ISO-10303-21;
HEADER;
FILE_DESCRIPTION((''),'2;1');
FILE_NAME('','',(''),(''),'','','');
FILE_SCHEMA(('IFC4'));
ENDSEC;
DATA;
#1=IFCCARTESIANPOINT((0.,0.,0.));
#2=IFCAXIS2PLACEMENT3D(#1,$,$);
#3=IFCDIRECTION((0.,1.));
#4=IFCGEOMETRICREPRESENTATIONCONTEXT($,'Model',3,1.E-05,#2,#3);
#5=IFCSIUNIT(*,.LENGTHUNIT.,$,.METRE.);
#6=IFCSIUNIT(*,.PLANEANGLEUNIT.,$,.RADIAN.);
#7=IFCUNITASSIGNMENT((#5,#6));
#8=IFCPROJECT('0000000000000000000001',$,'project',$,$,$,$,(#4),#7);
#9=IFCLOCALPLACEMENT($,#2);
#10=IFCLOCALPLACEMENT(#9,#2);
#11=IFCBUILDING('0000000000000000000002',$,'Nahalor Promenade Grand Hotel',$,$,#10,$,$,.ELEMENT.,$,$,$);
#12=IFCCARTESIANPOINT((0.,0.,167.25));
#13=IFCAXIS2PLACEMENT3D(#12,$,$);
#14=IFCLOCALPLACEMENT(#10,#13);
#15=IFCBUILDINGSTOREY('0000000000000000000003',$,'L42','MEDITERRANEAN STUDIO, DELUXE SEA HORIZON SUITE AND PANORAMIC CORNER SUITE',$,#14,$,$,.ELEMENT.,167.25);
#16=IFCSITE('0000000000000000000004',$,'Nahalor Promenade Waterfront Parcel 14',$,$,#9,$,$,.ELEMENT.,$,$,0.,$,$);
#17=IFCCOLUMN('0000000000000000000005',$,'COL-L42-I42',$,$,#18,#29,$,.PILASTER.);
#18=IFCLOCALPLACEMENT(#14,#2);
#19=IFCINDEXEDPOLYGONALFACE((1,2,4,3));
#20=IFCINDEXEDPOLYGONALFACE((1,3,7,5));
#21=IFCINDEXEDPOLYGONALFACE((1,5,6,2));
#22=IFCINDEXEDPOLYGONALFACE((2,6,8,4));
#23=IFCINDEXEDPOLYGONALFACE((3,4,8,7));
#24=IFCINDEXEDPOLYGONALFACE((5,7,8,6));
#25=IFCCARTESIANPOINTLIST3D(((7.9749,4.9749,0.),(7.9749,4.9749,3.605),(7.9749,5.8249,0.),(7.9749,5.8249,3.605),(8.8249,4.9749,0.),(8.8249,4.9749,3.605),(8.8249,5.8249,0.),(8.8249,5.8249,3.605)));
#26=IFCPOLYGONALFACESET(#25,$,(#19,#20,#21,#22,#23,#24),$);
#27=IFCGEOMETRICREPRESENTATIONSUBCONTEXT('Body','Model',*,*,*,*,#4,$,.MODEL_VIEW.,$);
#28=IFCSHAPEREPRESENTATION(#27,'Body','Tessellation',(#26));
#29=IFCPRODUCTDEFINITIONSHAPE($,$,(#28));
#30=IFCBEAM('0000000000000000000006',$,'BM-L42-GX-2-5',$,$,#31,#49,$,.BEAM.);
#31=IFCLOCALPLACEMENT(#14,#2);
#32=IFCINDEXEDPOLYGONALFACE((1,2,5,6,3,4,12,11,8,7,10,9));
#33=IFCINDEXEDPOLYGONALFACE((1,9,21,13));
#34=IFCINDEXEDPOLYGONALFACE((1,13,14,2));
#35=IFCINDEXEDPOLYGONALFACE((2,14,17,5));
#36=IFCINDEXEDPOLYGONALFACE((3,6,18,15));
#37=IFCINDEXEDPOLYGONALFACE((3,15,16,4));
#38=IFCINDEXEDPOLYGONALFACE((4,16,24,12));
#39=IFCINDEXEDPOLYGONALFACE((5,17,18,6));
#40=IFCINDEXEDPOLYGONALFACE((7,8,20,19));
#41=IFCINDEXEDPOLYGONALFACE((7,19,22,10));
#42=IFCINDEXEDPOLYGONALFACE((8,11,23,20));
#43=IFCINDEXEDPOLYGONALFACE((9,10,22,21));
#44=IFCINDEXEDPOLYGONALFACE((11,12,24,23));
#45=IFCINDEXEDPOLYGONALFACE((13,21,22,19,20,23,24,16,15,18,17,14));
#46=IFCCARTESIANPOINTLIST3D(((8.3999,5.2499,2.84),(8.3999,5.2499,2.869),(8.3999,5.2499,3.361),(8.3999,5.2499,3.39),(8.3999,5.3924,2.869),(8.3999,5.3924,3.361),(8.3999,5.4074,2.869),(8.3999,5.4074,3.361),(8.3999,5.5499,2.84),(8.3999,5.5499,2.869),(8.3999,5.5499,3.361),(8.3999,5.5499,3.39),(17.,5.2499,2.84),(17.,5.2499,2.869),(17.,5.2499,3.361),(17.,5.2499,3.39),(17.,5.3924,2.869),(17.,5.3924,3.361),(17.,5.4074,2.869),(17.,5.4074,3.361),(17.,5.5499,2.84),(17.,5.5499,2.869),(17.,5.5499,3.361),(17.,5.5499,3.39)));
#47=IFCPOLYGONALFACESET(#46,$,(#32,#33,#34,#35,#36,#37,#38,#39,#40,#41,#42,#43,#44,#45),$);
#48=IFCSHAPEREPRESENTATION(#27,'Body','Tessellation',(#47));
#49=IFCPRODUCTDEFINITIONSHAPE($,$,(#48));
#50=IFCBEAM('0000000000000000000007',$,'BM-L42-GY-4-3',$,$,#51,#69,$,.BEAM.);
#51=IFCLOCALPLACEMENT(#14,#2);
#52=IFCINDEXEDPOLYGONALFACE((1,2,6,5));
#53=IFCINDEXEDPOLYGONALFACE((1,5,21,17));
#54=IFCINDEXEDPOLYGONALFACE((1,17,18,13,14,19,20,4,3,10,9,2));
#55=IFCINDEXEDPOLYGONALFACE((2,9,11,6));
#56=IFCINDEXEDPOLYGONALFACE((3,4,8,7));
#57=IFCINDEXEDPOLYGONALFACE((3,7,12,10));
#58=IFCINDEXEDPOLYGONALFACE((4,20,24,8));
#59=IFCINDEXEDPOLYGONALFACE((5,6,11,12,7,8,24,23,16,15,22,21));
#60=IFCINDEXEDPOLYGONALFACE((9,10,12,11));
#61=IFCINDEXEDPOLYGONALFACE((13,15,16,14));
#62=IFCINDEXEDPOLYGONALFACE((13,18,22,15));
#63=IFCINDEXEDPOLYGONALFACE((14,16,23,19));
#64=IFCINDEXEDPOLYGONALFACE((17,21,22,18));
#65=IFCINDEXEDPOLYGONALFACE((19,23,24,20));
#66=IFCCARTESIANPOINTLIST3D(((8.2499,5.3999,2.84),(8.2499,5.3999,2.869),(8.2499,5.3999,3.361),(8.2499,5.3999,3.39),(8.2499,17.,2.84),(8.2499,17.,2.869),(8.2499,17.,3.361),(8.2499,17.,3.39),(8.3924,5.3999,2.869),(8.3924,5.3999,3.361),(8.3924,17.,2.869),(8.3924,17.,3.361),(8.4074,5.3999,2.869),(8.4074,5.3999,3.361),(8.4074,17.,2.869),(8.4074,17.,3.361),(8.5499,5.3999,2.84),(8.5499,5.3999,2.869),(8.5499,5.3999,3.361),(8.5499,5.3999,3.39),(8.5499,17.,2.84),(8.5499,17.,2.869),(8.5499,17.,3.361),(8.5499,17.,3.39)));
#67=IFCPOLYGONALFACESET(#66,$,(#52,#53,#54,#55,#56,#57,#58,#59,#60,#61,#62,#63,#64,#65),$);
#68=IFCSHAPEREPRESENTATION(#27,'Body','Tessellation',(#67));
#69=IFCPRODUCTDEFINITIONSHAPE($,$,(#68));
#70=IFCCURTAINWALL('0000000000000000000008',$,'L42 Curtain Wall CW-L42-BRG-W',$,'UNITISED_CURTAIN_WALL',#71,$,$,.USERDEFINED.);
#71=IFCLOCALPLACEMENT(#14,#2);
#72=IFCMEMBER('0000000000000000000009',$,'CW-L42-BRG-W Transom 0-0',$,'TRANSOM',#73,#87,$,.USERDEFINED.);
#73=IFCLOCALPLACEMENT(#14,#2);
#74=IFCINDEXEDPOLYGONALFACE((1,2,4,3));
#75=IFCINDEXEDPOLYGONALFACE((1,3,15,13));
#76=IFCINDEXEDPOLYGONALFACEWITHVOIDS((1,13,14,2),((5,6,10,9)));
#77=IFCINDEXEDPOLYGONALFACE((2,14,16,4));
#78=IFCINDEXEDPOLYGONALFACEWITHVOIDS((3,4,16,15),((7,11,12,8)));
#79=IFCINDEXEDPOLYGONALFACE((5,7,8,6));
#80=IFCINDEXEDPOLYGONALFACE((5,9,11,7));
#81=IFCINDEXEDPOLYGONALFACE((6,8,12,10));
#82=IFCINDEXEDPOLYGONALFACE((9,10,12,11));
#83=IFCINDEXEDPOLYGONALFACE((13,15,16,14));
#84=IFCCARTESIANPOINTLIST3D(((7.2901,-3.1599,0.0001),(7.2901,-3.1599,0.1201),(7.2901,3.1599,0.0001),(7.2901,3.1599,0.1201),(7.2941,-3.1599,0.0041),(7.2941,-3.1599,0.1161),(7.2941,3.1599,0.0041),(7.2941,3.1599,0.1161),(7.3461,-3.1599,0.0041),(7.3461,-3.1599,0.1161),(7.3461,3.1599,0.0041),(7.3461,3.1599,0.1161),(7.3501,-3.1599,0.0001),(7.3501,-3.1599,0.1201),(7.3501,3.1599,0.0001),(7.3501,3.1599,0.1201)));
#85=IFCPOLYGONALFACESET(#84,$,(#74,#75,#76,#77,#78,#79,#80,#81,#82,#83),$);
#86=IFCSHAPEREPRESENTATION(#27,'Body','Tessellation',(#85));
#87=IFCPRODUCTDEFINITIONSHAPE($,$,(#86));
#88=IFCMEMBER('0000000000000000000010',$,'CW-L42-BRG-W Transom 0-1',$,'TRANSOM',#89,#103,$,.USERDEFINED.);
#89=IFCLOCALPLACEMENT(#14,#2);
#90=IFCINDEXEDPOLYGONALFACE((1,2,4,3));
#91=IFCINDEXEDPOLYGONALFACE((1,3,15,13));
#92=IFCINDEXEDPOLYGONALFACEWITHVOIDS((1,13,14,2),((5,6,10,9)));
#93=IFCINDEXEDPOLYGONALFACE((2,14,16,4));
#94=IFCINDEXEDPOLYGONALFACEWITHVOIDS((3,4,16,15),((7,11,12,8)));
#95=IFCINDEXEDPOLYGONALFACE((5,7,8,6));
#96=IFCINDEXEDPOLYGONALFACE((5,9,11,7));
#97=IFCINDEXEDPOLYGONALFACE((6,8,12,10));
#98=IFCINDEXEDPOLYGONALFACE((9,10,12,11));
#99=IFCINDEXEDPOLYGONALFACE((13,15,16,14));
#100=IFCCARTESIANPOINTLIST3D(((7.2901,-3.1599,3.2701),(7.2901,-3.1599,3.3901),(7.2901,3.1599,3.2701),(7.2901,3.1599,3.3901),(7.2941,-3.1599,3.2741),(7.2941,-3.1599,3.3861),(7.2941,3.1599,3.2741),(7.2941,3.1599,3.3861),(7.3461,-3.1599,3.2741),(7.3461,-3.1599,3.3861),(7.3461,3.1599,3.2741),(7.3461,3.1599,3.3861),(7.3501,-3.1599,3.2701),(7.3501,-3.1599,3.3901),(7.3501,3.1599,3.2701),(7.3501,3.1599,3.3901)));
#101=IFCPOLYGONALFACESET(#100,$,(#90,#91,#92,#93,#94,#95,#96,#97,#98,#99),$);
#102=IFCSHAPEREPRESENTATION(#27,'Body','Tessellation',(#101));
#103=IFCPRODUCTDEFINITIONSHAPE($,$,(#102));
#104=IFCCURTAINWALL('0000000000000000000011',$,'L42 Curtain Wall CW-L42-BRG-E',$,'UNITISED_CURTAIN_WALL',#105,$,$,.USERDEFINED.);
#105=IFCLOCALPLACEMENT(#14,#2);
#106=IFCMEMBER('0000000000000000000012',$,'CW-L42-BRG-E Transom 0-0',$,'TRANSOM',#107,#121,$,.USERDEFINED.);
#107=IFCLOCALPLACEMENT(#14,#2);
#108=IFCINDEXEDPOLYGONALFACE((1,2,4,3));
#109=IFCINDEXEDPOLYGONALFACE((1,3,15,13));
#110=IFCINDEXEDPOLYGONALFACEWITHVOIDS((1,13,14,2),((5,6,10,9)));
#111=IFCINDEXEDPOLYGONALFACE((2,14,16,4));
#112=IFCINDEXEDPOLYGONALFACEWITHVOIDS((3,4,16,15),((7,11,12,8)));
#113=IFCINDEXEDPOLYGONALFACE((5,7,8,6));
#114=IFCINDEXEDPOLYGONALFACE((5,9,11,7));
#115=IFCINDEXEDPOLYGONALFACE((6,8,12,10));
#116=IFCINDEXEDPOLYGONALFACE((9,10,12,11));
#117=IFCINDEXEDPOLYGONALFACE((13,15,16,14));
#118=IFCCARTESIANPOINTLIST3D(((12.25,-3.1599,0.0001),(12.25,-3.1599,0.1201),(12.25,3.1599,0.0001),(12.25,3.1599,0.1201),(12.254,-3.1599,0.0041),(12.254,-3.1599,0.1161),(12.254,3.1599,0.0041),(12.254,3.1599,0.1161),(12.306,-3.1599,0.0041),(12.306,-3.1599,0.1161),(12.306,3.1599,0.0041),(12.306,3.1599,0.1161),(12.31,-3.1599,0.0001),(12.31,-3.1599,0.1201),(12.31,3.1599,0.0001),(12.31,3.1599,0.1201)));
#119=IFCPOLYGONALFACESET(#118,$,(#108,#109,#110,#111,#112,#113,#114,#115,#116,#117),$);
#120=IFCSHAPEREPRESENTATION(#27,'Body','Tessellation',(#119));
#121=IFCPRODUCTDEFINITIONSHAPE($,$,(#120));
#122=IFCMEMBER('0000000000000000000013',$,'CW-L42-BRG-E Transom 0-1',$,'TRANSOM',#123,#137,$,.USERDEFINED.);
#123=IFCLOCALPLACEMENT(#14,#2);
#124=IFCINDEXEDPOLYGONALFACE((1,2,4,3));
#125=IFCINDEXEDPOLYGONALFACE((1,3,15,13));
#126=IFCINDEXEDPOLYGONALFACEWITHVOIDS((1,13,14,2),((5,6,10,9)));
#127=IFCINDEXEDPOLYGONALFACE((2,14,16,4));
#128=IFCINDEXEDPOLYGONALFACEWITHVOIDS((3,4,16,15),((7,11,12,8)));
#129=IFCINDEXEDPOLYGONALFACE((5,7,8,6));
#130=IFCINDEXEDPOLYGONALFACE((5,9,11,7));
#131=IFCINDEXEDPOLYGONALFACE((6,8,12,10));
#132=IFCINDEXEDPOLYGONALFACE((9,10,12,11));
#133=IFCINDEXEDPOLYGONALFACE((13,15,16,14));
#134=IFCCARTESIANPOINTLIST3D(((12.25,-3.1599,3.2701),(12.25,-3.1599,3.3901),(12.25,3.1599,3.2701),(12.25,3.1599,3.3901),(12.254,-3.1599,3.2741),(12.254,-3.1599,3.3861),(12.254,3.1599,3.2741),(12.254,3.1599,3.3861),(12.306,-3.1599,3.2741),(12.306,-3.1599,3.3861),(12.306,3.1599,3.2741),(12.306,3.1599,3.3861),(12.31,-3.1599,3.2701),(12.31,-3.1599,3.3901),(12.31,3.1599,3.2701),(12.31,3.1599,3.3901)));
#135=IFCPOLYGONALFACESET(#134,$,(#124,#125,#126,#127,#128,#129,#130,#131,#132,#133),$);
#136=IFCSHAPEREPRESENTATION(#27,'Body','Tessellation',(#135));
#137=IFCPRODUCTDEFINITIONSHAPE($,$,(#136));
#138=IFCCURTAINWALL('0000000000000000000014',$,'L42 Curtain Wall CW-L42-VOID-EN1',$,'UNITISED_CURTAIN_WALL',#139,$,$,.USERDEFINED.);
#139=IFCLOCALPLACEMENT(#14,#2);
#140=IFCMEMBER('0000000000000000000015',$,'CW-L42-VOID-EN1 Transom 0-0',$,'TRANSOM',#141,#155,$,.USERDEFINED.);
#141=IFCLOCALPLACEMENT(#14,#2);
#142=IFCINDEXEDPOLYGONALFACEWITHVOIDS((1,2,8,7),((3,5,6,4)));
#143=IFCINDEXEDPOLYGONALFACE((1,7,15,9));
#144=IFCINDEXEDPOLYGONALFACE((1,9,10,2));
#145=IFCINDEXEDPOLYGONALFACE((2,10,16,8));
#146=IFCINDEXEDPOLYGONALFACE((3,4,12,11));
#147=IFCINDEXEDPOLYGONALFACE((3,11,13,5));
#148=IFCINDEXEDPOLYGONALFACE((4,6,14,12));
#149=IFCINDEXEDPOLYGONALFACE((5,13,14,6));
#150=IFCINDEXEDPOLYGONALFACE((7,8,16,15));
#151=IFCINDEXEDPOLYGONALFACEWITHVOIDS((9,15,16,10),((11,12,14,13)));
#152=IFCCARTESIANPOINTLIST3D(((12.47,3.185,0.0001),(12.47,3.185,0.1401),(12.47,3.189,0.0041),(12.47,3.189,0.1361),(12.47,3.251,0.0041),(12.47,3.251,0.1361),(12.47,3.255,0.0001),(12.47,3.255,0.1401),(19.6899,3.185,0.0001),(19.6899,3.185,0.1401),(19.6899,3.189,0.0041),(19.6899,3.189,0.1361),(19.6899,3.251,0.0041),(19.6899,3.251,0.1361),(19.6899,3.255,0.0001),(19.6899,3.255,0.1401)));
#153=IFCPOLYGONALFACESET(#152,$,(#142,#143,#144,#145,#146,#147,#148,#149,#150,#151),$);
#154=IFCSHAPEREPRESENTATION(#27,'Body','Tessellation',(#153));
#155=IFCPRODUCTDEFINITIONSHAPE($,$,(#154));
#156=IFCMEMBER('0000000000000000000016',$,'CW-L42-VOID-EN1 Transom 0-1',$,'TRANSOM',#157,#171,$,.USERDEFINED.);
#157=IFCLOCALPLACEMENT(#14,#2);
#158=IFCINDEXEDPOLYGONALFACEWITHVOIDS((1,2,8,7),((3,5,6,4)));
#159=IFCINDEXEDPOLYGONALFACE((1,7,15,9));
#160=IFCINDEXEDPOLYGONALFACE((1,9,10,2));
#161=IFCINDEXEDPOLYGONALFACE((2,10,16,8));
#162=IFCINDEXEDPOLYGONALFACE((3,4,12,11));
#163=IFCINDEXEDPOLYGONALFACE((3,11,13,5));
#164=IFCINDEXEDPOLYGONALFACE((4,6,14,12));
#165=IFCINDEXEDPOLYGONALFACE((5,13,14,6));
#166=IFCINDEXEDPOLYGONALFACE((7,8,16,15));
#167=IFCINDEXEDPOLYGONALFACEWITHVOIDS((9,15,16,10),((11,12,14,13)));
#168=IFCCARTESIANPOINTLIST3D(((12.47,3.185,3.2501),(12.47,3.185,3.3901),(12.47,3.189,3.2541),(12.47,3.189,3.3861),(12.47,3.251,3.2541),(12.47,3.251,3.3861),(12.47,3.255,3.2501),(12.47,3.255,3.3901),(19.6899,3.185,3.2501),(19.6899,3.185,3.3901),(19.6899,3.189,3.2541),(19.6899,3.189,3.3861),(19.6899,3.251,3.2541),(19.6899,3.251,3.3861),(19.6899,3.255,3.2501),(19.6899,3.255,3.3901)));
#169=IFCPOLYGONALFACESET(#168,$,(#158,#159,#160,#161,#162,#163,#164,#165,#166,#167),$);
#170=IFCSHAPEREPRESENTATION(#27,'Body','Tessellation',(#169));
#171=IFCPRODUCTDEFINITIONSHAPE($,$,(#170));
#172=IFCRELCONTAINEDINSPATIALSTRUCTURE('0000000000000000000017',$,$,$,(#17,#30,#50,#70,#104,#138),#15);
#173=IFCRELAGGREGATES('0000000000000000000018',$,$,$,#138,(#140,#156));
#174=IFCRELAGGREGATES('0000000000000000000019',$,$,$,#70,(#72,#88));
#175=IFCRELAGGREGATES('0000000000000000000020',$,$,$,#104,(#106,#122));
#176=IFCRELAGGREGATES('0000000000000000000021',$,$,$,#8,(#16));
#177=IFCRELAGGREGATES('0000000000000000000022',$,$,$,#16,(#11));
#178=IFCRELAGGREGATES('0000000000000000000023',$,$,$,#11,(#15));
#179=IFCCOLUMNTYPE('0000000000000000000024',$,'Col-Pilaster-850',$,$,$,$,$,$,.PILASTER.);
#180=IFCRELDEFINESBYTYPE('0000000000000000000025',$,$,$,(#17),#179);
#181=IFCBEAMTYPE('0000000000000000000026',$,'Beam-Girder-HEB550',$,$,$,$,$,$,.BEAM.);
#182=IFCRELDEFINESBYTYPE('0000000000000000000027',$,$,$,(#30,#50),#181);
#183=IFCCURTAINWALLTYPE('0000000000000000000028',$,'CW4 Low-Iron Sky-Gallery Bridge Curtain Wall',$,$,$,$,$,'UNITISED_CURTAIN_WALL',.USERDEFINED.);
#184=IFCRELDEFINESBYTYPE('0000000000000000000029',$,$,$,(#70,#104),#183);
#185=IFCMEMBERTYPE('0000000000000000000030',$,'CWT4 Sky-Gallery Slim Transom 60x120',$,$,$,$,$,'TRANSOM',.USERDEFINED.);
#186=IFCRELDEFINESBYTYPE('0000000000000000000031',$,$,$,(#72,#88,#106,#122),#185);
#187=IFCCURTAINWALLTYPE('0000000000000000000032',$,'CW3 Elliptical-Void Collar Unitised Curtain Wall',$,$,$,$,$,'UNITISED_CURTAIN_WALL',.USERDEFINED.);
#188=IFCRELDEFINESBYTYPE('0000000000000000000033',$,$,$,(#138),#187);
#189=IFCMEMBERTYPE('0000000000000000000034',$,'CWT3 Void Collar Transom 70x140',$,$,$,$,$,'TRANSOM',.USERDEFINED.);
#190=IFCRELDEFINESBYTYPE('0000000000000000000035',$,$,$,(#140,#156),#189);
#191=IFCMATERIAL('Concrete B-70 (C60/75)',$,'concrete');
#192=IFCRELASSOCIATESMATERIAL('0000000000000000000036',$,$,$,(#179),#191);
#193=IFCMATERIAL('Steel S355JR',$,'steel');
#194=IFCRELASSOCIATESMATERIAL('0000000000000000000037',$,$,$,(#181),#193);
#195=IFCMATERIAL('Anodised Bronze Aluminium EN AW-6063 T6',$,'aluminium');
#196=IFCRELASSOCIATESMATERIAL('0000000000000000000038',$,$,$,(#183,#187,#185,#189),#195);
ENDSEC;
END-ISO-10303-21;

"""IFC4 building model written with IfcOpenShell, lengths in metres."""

from ifc_helpers import new_model, si_unit, direction, frame, origin, origin_2d, place, context, subcontext, project, spatial, rectangle, hollow_rectangle, i_section, extrude, source, transform, mapped, material, material_profile, profile_set, type_object, element, aggregate, save


model = new_model("IFC4")

# Units and contexts
model_context = context("Model", 3, precision=1e-05, world=origin(), true_north=direction((0.0, 1.0)))
body_context = subcontext(model_context, "Body", "Model", "MODEL_VIEW")
ifc_project = project(units=[si_unit("LENGTHUNIT", "METRE"), si_unit("PLANEANGLEUNIT", "RADIAN")], contexts=[model_context])

# Site, building, storey
site_placement = place(None, origin())
site = spatial("IfcSite", under=ifc_project, at=site_placement, Name="Nahalor Promenade Waterfront Parcel 14", CompositionType="ELEMENT", RefElevation=0.0)
building_placement = place(site_placement, origin())
building = spatial("IfcBuilding", under=site, at=building_placement, Name="Nahalor Promenade Grand Hotel", CompositionType="ELEMENT")
storey_placement = place(building_placement, frame((0.0, 0.0, 167.25)))
storey = spatial("IfcBuildingStorey", under=building, at=storey_placement, Name="L42", Description="MEDITERRANEAN STUDIO, DELUXE SEA HORIZON SUITE AND PANORAMIC CORNER SUITE", CompositionType="ELEMENT", Elevation=167.25)

# Column
ifc_material_1 = material(Name="Concrete B-70 (C60/75)", Category="concrete")
ifc_material_profile_1 = material_profile(ifc_material_1, rectangle(XDim=0.85, YDim=0.85, at=origin_2d()), Name="RC 850x850")
ifc_profile_set_1 = profile_set([ifc_material_profile_1], Name="Concrete B-70 (C60/75)")
column_type = type_object("IfcColumnType", Name="Col-Pilaster-850", PredefinedType="PILASTER", material=ifc_profile_set_1)
shared_shape_1 = source(origin(), body_context, "Body", "SweptSolid", [
    extrude(rectangle(XDim=0.85, YDim=0.85, at=origin_2d()), origin(), (0.0, 0.0, 1.0), 3.605),
])
column_placement = place(storey_placement, frame((8.3999, 5.3999, 0.0), z_axis=(0.0, 0.0, 1.0), x_axis=(1.0, 0.0, 0.0)))
element("IfcColumn", 1, at=column_placement, inside=storey, type_object=column_type, Name="COL-L42-I42", PredefinedType="PILASTER", context=body_context, shape_type="MappedRepresentation", body=[
    mapped(shared_shape_1, transform((0.0, 0.0, 0.0), scale=1.0)),
])

# Beams
ifc_material_2 = material(Name="Steel S355JR", Category="steel")
ifc_material_profile_2 = material_profile(ifc_material_2, i_section(OverallWidth=0.3, OverallDepth=0.55, WebThickness=0.015, FlangeThickness=0.029, at=origin_2d()), Name="HEB 550")
ifc_profile_set_2 = profile_set([ifc_material_profile_2], Name="Steel S355JR")
beam_type = type_object("IfcBeamType", Name="Beam-Girder-HEB550", PredefinedType="BEAM", material=ifc_profile_set_2)
shared_shape_2 = source(origin(), body_context, "Body", "SweptSolid", [
    extrude(i_section(OverallWidth=0.3, OverallDepth=0.55, WebThickness=0.015, FlangeThickness=0.029, at=origin_2d()), origin(), (0.0, 0.0, 1.0), 8.6001),
])
beam_1_placement = place(storey_placement, frame((8.3999, 5.3999, 3.115), z_axis=(1.0, 0.0, 0.0), x_axis=(0.0, 1.0, 0.0)))
element("IfcBeam", 2, at=beam_1_placement, inside=storey, type_object=beam_type, Name="BM-L42-GX-2-5", PredefinedType="BEAM", context=body_context, shape_type="MappedRepresentation", body=[
    mapped(shared_shape_2, transform((0.0, 0.0, 0.0), scale=1.0)),
])
shared_shape_3 = source(origin(), body_context, "Body", "SweptSolid", [
    extrude(i_section(OverallWidth=0.3, OverallDepth=0.55, WebThickness=0.015, FlangeThickness=0.029, at=origin_2d()), origin(), (0.0, 0.0, 1.0), 11.6001),
])
beam_2_placement = place(storey_placement, frame((8.3999, 5.3999, 3.115), z_axis=(0.0, 1.0, 0.0), x_axis=(-1.0, 0.0, 0.0)))
element("IfcBeam", 3, at=beam_2_placement, inside=storey, type_object=beam_type, Name="BM-L42-GY-4-3", PredefinedType="BEAM", context=body_context, shape_type="MappedRepresentation", body=[
    mapped(shared_shape_3, transform((0.0, 0.0, 0.0), scale=1.0)),
])

# Curtain walls, members
ifc_material_3 = material(Name="Anodised Bronze Aluminium EN AW-6063 T6", Category="aluminium")
curtain_wall_type_1 = type_object("IfcCurtainWallType", Name="CW4 Low-Iron Sky-Gallery Bridge Curtain Wall", ElementType="UNITISED_CURTAIN_WALL", PredefinedType="USERDEFINED", material=ifc_material_3)
curtain_wall_1_placement = place(storey_placement, origin())
curtain_wall_1 = element("IfcCurtainWall", 4, at=curtain_wall_1_placement, inside=storey, type_object=curtain_wall_type_1, Name="L42 Curtain Wall CW-L42-BRG-W", ObjectType="UNITISED_CURTAIN_WALL", PredefinedType="USERDEFINED")
ifc_material_profile_3 = material_profile(ifc_material_3, hollow_rectangle(XDim=0.06, YDim=0.12, WallThickness=0.004, at=origin_2d()), Name="CWT 60x120x4")
ifc_profile_set_3 = profile_set([ifc_material_profile_3], Name="Anodised Bronze Aluminium EN AW-6063 T6")
member_type_1 = type_object("IfcMemberType", Name="CWT4 Sky-Gallery Slim Transom 60x120", ElementType="TRANSOM", PredefinedType="USERDEFINED", material=ifc_profile_set_3)
shared_shape_4 = source(origin(), body_context, "Body", "SweptSolid", [
    extrude(hollow_rectangle(XDim=0.06, YDim=0.12, WallThickness=0.004, at=origin_2d()), origin(), (0.0, 0.0, 1.0), 6.3198),
])
member_1_placement = place(storey_placement, frame((7.3201, -3.1599, 0.0601), z_axis=(0.0, 1.0, 0.0), x_axis=(-1.0, 0.0, 0.0)))
member_1 = element("IfcMember", 5, at=member_1_placement, type_object=member_type_1, Name="CW-L42-BRG-W Transom 0-0", ObjectType="TRANSOM", PredefinedType="USERDEFINED", context=body_context, shape_type="MappedRepresentation", body=[
    mapped(shared_shape_4, transform((0.0, 0.0, 0.0), scale=1.0)),
])
member_2_placement = place(storey_placement, frame((7.3201, -3.1599, 3.3301), z_axis=(0.0, 1.0, 0.0), x_axis=(-1.0, 0.0, 0.0)))
member_2 = element("IfcMember", 6, at=member_2_placement, type_object=member_type_1, Name="CW-L42-BRG-W Transom 0-1", ObjectType="TRANSOM", PredefinedType="USERDEFINED", context=body_context, shape_type="MappedRepresentation", body=[
    mapped(shared_shape_4, transform((0.0, 0.0, 0.0), scale=1.0)),
])
curtain_wall_2_placement = place(storey_placement, origin())
curtain_wall_2 = element("IfcCurtainWall", 7, at=curtain_wall_2_placement, inside=storey, type_object=curtain_wall_type_1, Name="L42 Curtain Wall CW-L42-BRG-E", ObjectType="UNITISED_CURTAIN_WALL", PredefinedType="USERDEFINED")
member_3_placement = place(storey_placement, frame((12.28, -3.1599, 0.0601), z_axis=(0.0, 1.0, 0.0), x_axis=(-1.0, 0.0, 0.0)))
member_3 = element("IfcMember", 8, at=member_3_placement, type_object=member_type_1, Name="CW-L42-BRG-E Transom 0-0", ObjectType="TRANSOM", PredefinedType="USERDEFINED", context=body_context, shape_type="MappedRepresentation", body=[
    mapped(shared_shape_4, transform((0.0, 0.0, 0.0), scale=1.0)),
])
member_4_placement = place(storey_placement, frame((12.28, -3.1599, 3.3301), z_axis=(0.0, 1.0, 0.0), x_axis=(-1.0, 0.0, 0.0)))
member_4 = element("IfcMember", 9, at=member_4_placement, type_object=member_type_1, Name="CW-L42-BRG-E Transom 0-1", ObjectType="TRANSOM", PredefinedType="USERDEFINED", context=body_context, shape_type="MappedRepresentation", body=[
    mapped(shared_shape_4, transform((0.0, 0.0, 0.0), scale=1.0)),
])
curtain_wall_type_2 = type_object("IfcCurtainWallType", Name="CW3 Elliptical-Void Collar Unitised Curtain Wall", ElementType="UNITISED_CURTAIN_WALL", PredefinedType="USERDEFINED", material=ifc_material_3)
curtain_wall_3_placement = place(storey_placement, origin())
curtain_wall_3 = element("IfcCurtainWall", 10, at=curtain_wall_3_placement, inside=storey, type_object=curtain_wall_type_2, Name="L42 Curtain Wall CW-L42-VOID-EN1", ObjectType="UNITISED_CURTAIN_WALL", PredefinedType="USERDEFINED")
ifc_material_profile_4 = material_profile(ifc_material_3, hollow_rectangle(XDim=0.07, YDim=0.14, WallThickness=0.004, at=origin_2d()), Name="CWT 70x140x4")
ifc_profile_set_4 = profile_set([ifc_material_profile_4], Name="Anodised Bronze Aluminium EN AW-6063 T6")
member_type_2 = type_object("IfcMemberType", Name="CWT3 Void Collar Transom 70x140", ElementType="TRANSOM", PredefinedType="USERDEFINED", material=ifc_profile_set_4)
shared_shape_5 = source(origin(), body_context, "Body", "SweptSolid", [
    extrude(hollow_rectangle(XDim=0.07, YDim=0.14, WallThickness=0.004, at=origin_2d()), origin(), (0.0, 0.0, 1.0), 7.22),
])
member_5_placement = place(storey_placement, frame((12.47, 3.22, 0.0701), z_axis=(1.0, 0.0, 0.0), x_axis=(0.0, 1.0, 0.0)))
member_5 = element("IfcMember", 11, at=member_5_placement, type_object=member_type_2, Name="CW-L42-VOID-EN1 Transom 0-0", ObjectType="TRANSOM", PredefinedType="USERDEFINED", context=body_context, shape_type="MappedRepresentation", body=[
    mapped(shared_shape_5, transform((0.0, 0.0, 0.0), scale=1.0)),
])
member_6_placement = place(storey_placement, frame((12.47, 3.22, 3.3201), z_axis=(1.0, 0.0, 0.0), x_axis=(0.0, 1.0, 0.0)))
member_6 = element("IfcMember", 12, at=member_6_placement, type_object=member_type_2, Name="CW-L42-VOID-EN1 Transom 0-1", ObjectType="TRANSOM", PredefinedType="USERDEFINED", context=body_context, shape_type="MappedRepresentation", body=[
    mapped(shared_shape_5, transform((0.0, 0.0, 0.0), scale=1.0)),
])

aggregate(curtain_wall_3, [member_5, member_6])

aggregate(curtain_wall_1, [member_1, member_2])
aggregate(curtain_wall_2, [member_3, member_4])

save(model, "model.ifc")
